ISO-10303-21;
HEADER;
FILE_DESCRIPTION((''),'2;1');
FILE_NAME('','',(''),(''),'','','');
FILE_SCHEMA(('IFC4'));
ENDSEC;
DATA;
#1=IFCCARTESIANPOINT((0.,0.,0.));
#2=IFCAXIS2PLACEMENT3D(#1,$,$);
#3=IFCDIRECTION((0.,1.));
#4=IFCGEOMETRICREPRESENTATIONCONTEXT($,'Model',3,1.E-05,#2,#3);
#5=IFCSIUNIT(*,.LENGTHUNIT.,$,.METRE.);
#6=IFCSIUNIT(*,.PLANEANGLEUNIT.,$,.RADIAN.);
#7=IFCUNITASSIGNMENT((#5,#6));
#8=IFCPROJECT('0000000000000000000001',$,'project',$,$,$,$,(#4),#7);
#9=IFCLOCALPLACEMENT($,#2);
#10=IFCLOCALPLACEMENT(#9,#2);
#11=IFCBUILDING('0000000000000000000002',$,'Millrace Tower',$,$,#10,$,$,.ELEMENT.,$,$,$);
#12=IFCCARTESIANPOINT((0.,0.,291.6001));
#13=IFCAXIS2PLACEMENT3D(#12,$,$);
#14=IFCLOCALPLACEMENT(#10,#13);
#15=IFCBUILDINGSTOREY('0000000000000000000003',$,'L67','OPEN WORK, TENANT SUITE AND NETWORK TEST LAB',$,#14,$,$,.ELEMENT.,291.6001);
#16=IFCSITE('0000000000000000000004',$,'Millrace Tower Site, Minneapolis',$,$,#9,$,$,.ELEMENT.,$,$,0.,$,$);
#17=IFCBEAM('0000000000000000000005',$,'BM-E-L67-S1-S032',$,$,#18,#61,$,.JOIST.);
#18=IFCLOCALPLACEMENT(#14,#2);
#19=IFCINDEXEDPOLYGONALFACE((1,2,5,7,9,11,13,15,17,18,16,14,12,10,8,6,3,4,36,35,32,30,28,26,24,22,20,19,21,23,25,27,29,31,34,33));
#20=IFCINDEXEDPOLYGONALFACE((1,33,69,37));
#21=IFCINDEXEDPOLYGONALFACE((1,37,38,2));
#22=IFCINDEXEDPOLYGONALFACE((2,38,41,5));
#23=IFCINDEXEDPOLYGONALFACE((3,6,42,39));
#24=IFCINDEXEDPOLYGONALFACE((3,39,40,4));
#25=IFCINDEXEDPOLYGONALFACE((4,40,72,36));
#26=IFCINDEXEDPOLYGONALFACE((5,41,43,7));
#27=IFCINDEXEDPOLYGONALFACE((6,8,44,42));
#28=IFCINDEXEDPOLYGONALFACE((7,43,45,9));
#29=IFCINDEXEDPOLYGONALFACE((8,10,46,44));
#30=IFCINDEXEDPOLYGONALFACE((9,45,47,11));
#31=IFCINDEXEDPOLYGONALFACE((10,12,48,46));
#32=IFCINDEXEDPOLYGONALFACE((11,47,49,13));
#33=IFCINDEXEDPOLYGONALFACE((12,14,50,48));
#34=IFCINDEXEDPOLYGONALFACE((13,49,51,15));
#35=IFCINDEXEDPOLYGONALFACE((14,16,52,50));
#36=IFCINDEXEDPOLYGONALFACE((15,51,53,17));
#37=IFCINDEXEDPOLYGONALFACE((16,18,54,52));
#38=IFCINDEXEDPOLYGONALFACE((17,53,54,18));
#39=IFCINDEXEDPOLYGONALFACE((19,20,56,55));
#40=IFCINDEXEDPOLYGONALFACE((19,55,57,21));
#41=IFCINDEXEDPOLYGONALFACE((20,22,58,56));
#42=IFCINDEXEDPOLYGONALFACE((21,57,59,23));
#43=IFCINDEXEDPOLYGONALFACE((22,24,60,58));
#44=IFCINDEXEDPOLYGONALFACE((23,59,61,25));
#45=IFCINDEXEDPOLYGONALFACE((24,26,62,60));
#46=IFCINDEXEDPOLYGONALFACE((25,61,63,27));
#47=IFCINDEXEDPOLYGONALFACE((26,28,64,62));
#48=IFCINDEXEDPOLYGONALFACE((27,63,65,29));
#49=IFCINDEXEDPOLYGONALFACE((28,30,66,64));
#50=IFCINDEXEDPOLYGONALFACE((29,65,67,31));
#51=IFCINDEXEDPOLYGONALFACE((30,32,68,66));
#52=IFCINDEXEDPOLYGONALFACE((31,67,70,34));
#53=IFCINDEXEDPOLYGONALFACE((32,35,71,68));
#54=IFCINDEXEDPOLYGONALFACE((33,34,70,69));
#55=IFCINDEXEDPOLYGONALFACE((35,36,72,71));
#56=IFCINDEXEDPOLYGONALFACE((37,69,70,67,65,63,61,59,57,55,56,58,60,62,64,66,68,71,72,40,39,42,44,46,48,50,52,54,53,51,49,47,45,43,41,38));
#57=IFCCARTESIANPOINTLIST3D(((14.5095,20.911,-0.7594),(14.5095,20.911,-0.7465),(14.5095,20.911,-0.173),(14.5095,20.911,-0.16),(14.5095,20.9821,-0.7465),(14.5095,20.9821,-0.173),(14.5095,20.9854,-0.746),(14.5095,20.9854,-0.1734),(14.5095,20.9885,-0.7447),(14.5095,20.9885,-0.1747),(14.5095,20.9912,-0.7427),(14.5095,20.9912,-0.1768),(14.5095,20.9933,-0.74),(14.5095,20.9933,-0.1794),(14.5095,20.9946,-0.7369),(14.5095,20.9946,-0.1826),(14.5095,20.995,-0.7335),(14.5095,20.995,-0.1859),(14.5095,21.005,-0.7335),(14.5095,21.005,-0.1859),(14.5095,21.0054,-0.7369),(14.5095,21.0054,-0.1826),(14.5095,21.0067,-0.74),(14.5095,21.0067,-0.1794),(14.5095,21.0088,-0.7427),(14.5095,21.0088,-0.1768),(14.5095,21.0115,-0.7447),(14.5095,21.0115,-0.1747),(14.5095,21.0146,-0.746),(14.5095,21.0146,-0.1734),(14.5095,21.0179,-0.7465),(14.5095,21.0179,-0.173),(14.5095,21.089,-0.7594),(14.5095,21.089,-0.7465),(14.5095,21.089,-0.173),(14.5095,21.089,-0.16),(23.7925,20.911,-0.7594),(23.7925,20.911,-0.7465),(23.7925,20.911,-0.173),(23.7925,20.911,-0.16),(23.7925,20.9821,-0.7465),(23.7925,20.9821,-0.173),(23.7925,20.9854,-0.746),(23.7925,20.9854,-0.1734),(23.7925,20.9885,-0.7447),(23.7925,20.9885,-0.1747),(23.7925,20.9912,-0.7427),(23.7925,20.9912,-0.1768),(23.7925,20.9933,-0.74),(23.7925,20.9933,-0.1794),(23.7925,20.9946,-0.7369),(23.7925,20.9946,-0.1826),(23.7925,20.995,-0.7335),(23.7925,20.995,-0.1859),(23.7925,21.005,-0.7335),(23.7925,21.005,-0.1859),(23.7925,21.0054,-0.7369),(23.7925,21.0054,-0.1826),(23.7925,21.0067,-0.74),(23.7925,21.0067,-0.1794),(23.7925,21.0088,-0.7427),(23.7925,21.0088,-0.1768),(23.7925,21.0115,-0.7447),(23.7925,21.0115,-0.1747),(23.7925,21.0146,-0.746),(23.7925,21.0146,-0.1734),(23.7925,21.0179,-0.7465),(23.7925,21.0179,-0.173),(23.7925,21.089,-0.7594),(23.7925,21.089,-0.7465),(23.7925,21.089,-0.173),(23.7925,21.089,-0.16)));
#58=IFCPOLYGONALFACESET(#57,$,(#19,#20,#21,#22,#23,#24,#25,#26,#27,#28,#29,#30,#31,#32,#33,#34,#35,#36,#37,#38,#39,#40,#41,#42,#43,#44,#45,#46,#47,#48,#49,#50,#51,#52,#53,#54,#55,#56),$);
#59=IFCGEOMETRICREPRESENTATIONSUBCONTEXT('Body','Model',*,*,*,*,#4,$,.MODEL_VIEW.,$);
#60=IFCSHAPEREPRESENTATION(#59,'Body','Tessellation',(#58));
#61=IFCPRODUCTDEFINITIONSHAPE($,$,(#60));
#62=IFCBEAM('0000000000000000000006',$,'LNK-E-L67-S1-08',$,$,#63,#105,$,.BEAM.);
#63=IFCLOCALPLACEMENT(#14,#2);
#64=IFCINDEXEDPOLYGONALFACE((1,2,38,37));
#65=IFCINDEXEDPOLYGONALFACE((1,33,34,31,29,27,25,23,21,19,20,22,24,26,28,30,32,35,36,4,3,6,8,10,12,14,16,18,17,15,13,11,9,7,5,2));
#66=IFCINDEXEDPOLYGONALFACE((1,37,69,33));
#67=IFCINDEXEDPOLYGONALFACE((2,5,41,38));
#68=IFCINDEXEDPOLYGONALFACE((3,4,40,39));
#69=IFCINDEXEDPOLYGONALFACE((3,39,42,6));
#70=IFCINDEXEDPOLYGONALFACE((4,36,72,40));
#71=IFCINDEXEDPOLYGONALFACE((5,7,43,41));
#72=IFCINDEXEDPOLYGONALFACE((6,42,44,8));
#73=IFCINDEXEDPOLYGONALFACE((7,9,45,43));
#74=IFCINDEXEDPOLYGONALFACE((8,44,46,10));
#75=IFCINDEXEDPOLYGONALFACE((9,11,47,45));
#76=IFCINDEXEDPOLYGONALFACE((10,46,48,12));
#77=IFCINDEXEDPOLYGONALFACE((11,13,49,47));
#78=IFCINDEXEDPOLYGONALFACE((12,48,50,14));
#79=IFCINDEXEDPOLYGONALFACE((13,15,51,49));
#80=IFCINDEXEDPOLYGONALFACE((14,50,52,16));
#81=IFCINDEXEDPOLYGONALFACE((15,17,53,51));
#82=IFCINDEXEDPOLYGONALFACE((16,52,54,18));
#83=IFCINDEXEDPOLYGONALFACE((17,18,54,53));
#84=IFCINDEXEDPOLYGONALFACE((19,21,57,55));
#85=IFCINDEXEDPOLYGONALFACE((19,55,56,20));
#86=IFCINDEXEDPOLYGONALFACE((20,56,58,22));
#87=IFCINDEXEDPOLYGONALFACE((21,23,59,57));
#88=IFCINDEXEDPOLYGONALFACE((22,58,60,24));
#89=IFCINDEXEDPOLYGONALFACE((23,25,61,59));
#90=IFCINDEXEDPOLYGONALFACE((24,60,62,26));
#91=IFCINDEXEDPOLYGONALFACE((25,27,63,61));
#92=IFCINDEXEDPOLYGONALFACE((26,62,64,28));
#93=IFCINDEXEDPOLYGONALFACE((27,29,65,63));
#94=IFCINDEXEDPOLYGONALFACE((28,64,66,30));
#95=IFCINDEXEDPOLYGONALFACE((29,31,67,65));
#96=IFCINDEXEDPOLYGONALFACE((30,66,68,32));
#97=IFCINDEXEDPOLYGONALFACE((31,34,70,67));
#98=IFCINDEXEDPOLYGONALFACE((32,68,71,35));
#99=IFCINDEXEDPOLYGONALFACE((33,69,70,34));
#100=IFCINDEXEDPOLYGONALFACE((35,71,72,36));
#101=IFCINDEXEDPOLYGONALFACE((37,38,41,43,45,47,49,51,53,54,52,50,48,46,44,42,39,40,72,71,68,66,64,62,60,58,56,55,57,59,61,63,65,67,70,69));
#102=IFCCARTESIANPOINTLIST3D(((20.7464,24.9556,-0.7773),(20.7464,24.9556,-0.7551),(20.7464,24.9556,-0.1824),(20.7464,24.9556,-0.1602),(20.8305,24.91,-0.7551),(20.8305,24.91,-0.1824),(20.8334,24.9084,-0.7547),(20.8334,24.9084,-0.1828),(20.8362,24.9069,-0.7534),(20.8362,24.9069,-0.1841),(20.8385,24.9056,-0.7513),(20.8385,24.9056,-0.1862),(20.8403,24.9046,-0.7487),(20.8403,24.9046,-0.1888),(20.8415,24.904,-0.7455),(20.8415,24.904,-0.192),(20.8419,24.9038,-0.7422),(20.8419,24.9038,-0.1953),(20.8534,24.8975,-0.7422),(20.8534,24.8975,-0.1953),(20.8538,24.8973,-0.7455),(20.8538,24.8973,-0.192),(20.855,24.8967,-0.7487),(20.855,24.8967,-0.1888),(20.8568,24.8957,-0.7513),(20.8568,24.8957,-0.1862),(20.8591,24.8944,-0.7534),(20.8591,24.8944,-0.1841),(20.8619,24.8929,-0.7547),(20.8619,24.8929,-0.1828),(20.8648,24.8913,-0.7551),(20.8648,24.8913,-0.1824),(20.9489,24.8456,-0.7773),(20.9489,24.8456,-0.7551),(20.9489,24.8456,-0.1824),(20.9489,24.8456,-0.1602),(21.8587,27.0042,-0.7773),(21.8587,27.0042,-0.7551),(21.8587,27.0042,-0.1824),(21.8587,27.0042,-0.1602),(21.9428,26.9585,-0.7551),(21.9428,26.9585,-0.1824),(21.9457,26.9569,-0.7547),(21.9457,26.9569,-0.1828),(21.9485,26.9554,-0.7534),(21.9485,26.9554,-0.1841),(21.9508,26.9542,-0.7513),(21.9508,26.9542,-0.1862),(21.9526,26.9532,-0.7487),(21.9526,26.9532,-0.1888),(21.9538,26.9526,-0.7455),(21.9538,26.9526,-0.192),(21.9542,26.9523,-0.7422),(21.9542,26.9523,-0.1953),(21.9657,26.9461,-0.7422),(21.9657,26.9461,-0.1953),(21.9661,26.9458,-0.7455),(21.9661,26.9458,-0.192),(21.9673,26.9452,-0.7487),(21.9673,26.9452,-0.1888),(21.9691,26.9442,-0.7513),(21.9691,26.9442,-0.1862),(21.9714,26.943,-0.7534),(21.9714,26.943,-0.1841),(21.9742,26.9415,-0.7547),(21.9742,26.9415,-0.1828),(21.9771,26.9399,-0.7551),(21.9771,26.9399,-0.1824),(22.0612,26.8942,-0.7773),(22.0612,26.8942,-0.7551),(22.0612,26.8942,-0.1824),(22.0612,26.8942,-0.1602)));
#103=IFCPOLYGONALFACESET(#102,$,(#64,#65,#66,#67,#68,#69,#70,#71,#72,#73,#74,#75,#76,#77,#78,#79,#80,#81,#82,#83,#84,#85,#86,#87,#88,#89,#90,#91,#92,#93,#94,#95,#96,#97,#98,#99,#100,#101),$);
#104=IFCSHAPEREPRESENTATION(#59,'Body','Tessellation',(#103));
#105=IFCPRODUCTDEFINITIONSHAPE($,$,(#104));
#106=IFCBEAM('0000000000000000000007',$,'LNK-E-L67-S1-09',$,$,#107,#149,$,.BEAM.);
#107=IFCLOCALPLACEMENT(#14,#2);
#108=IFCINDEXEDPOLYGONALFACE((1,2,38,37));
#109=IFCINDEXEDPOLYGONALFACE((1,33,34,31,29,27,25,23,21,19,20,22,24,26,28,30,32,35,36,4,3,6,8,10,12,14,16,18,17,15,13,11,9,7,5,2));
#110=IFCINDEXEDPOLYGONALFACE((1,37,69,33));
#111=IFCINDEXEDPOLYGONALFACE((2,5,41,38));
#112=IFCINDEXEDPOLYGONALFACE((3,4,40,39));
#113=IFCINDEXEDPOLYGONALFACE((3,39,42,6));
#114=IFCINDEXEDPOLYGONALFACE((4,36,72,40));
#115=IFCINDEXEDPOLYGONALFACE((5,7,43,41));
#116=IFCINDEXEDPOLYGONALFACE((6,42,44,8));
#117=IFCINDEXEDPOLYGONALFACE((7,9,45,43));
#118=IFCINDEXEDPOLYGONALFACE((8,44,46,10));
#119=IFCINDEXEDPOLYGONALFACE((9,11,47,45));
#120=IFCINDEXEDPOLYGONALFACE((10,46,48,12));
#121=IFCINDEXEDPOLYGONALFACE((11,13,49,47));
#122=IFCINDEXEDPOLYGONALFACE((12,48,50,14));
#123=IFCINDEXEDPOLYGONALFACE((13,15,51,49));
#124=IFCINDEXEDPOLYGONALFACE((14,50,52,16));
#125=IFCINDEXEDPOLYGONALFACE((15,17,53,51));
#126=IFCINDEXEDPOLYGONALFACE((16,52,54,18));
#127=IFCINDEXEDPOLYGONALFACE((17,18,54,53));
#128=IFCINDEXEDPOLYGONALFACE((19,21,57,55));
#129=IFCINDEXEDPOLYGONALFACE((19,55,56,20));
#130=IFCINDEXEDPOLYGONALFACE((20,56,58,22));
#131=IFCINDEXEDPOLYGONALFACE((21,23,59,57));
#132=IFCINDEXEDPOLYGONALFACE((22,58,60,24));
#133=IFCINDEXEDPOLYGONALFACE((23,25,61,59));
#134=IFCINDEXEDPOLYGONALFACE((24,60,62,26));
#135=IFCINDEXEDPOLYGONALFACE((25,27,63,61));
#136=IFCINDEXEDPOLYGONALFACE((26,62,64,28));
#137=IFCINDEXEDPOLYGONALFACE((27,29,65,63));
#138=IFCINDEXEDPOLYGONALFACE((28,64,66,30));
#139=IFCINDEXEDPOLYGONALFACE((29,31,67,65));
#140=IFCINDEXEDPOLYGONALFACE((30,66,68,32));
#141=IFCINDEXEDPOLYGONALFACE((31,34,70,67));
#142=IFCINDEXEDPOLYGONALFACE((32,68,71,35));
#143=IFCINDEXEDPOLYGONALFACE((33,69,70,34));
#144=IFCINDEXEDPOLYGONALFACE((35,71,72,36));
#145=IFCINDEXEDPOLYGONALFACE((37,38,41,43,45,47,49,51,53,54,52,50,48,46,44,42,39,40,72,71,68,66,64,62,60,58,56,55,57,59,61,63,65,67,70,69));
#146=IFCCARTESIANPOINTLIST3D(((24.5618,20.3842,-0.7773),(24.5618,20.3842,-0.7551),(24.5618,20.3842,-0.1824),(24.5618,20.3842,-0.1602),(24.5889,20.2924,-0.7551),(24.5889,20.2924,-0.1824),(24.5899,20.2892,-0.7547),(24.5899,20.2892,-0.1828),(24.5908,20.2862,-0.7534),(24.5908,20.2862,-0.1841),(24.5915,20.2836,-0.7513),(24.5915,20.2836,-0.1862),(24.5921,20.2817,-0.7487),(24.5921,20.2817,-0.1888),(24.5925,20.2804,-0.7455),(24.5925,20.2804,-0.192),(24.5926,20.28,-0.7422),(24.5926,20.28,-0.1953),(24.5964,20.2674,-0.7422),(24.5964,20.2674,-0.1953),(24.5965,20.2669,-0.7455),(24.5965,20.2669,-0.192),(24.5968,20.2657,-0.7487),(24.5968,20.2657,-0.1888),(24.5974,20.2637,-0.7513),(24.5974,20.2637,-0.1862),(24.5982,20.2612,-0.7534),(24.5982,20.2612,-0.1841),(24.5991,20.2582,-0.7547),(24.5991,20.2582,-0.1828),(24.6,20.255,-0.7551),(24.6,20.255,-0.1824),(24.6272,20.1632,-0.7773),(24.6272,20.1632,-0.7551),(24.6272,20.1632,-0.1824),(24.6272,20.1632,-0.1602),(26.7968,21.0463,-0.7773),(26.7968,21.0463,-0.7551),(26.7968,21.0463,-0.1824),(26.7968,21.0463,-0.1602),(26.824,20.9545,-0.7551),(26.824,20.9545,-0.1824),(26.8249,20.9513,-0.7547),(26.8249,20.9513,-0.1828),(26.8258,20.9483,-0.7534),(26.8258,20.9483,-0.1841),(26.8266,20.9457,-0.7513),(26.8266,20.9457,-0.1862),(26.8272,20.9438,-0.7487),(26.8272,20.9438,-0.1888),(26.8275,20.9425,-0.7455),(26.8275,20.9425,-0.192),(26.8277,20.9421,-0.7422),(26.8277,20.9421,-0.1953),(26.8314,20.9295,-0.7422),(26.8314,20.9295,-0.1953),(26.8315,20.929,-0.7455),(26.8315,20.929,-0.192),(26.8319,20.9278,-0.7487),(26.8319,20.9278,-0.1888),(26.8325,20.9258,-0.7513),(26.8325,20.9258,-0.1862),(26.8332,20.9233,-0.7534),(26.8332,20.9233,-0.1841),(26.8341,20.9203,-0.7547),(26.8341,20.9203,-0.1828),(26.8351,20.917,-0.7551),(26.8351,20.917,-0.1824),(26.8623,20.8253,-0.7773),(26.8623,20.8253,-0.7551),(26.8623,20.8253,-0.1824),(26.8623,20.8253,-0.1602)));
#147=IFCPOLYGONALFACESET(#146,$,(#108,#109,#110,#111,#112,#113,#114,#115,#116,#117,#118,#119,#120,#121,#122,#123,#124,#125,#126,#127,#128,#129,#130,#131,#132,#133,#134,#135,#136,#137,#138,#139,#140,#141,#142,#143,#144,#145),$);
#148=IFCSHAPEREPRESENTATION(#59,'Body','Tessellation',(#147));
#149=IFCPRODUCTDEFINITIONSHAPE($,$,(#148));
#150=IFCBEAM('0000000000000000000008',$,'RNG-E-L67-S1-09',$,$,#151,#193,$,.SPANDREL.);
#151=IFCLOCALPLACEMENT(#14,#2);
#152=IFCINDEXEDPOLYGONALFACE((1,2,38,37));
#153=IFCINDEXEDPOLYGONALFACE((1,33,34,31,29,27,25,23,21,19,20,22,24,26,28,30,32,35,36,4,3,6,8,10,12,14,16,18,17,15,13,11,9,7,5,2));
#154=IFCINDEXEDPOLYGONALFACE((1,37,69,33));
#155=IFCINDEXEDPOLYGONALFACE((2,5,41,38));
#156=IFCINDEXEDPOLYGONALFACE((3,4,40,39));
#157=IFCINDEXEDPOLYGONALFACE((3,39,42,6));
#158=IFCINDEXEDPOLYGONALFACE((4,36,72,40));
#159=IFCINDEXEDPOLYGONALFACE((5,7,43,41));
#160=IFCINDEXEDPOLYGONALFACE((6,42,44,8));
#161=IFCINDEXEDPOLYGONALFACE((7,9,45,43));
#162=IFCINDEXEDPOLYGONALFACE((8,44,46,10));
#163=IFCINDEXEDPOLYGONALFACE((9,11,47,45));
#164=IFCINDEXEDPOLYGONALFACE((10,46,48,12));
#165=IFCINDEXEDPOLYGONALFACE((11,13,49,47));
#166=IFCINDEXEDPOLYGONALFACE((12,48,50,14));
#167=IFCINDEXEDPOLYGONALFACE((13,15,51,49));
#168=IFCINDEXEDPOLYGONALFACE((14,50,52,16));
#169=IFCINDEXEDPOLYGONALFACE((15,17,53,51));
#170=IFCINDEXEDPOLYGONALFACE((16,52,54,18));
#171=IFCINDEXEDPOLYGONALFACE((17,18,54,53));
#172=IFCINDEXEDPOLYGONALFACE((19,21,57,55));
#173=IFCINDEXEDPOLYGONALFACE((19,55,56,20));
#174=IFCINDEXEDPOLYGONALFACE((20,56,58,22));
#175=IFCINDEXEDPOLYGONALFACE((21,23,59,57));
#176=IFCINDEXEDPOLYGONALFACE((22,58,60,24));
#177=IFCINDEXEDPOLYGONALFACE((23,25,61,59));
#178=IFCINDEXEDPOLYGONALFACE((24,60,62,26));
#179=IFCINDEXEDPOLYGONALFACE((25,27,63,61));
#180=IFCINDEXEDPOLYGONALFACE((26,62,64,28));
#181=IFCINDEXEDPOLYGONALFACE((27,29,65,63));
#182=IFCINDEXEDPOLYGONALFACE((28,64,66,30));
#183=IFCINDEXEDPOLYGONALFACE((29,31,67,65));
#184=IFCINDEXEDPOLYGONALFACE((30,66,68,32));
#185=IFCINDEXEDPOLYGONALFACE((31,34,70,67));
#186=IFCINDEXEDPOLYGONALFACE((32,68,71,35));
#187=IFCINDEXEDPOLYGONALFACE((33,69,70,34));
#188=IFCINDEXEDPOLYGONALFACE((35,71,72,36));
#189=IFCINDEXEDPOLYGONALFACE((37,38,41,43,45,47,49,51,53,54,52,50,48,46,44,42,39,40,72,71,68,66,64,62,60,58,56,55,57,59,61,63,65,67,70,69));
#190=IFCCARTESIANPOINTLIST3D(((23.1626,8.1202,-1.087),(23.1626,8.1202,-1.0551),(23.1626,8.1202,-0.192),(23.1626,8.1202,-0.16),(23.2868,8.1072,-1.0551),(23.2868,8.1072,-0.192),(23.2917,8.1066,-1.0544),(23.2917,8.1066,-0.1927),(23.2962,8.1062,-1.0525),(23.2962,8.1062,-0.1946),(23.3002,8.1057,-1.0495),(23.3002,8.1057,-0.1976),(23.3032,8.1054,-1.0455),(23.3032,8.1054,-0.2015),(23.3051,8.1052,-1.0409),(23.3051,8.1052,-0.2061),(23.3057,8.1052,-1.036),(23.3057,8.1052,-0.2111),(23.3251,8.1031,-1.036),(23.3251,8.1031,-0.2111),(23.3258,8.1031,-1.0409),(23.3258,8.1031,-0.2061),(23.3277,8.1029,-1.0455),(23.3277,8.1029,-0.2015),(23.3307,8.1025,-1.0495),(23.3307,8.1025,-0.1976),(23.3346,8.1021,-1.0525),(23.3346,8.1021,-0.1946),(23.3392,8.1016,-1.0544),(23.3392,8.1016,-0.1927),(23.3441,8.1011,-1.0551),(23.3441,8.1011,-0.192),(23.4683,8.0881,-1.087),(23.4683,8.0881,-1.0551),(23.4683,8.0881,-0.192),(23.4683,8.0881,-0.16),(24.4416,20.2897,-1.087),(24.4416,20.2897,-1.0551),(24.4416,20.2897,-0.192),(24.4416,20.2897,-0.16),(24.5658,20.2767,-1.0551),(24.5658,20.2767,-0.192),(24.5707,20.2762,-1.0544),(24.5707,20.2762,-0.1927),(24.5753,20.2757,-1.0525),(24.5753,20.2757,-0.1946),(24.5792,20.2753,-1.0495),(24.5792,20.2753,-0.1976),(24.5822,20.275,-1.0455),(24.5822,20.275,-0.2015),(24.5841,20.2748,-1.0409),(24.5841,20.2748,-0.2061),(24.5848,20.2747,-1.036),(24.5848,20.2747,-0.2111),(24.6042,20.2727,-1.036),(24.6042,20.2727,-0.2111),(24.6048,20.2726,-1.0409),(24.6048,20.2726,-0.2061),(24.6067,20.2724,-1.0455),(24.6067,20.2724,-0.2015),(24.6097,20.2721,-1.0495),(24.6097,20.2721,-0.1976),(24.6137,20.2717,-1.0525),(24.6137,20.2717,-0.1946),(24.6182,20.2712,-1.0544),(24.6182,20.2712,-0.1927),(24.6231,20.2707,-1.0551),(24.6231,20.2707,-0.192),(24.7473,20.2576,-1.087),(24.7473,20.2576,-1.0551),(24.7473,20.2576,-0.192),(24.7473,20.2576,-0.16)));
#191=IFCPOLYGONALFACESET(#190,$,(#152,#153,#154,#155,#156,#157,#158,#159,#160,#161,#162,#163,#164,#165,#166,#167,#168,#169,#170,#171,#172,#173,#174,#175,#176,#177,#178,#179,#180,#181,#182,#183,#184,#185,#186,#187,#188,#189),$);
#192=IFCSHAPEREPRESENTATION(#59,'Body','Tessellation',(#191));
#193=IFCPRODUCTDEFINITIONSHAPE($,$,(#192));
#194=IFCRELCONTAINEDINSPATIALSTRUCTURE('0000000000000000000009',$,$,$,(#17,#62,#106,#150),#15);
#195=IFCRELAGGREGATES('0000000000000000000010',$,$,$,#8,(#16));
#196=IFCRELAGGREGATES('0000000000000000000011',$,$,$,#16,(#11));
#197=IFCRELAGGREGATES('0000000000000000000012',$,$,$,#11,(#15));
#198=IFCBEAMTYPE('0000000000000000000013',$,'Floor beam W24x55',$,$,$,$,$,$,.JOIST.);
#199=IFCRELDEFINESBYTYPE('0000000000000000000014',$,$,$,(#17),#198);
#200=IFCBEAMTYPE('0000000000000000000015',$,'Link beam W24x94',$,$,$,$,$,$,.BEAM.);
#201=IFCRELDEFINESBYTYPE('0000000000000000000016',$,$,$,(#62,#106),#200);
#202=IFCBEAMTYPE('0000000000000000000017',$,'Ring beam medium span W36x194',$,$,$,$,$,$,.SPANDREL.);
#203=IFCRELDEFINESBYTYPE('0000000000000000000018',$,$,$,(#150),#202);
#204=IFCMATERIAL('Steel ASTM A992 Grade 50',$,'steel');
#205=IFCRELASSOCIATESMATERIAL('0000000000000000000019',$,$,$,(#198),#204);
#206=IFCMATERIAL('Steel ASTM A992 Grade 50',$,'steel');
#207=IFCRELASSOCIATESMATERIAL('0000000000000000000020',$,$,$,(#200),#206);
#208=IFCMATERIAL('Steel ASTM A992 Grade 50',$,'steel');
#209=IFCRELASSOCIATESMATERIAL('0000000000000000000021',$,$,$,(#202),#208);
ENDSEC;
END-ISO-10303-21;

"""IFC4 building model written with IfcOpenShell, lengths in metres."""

from ifc_helpers import new_model, si_unit, direction, frame, origin, origin_2d, place, context, subcontext, project, spatial, i_section, extrude, material, material_profile, profile_set, type_object, element, save


model = new_model("IFC4")

# Units and contexts
model_context = context("Model", 3, precision=1e-05, world=origin(), true_north=direction((0.0, 1.0)))
body_context = subcontext(model_context, "Body", "Model", "MODEL_VIEW")
ifc_project = project(units=[si_unit("LENGTHUNIT", "METRE"), si_unit("PLANEANGLEUNIT", "RADIAN")], contexts=[model_context])

# Site, building, storey
site_placement = place(None, origin())
site = spatial("IfcSite", under=ifc_project, at=site_placement, Name="Millrace Tower Site, Minneapolis", CompositionType="ELEMENT", RefElevation=0.0)
building_placement = place(site_placement, origin())
building = spatial("IfcBuilding", under=site, at=building_placement, Name="Millrace Tower", CompositionType="ELEMENT")
storey_placement = place(building_placement, frame((0.0, 0.0, 291.6001)))
storey = spatial("IfcBuildingStorey", under=building, at=storey_placement, Name="L67", Description="OPEN WORK, TENANT SUITE AND NETWORK TEST LAB", CompositionType="ELEMENT", Elevation=291.6001)

# Beams
ifc_material_1 = material(Name="Steel ASTM A992 Grade 50", Category="steel")
ifc_material_profile_1 = material_profile(ifc_material_1, i_section(OverallWidth=0.178, OverallDepth=0.5994, WebThickness=0.01, FlangeThickness=0.0129, FilletRadius=0.0129, at=origin_2d()))
ifc_profile_set_1 = profile_set([ifc_material_profile_1], Name="Steel ASTM A992 Grade 50")
beam_type_1 = type_object("IfcBeamType", Name="Floor beam W24x55", PredefinedType="JOIST", material=ifc_profile_set_1)
beam_1_placement = place(storey_placement, frame((14.5095, 21.0, -0.4597), z_axis=(1.0, 0.0, 0.0), x_axis=(0.0, 1.0, 0.0)))
element("IfcBeam", 1, at=beam_1_placement, inside=storey, type_object=beam_type_1, Name="BM-E-L67-S1-S032", PredefinedType="JOIST", context=body_context, shape_type="SweptSolid", body=[
    extrude(i_section(OverallWidth=0.178, OverallDepth=0.5994, WebThickness=0.01, FlangeThickness=0.0129, FilletRadius=0.0129, at=origin_2d()), origin(), (0.0, 0.0, 1.0), 9.283),
])
ifc_material_2 = material(Name="Steel ASTM A992 Grade 50", Category="steel")
ifc_material_profile_2 = material_profile(ifc_material_2, i_section(OverallWidth=0.2305, OverallDepth=0.6172, WebThickness=0.0132, FlangeThickness=0.0222, FilletRadius=0.0129, at=origin_2d()))
ifc_profile_set_2 = profile_set([ifc_material_profile_2], Name="Steel ASTM A992 Grade 50")
beam_type_2 = type_object("IfcBeamType", Name="Link beam W24x94", PredefinedType="BEAM", material=ifc_profile_set_2)
for number, where, z_axis, x_axis, name in (
    (2, (20.8477, 24.9006, -0.4688), (0.477164, 0.878815, 0.0), (-0.878815, 0.477164, 0.0), "LNK-E-L67-S1-08"),
    (3, (24.5945, 20.2737, -0.4688), (0.958815, 0.284031, 0.0), (-0.284031, 0.958815, 0.0), "LNK-E-L67-S1-09"),
):
    element("IfcBeam", number, at=place(storey_placement, frame(where, z_axis=z_axis, x_axis=x_axis)), inside=storey, type_object=beam_type_2, Name=name, PredefinedType="BEAM", context=body_context, shape_type="SweptSolid", body=[
        extrude(i_section(OverallWidth=0.2305, OverallDepth=0.6172, WebThickness=0.0132, FlangeThickness=0.0222, FilletRadius=0.0129, at=origin_2d()), origin(), (0.0, 0.0, 1.0), 2.3311),
    ])
ifc_material_3 = material(Name="Steel ASTM A992 Grade 50", Category="steel")
ifc_material_profile_3 = material_profile(ifc_material_3, i_section(OverallWidth=0.3074, OverallDepth=0.927, WebThickness=0.0195, FlangeThickness=0.032, FilletRadius=0.019, at=origin_2d()))
ifc_profile_set_3 = profile_set([ifc_material_profile_3], Name="Steel ASTM A992 Grade 50")
beam_type_3 = type_object("IfcBeamType", Name="Ring beam medium span W36x194", PredefinedType="SPANDREL", material=ifc_profile_set_3)
beam_2_placement = place(storey_placement, frame((24.5945, 20.2737, -0.6235), z_axis=(-0.104528, -0.994522, 0.0), x_axis=(0.994522, -0.104528, 0.0)))
element("IfcBeam", 4, at=beam_2_placement, inside=storey, type_object=beam_type_3, Name="RNG-E-L67-S1-09", PredefinedType="SPANDREL", context=body_context, shape_type="SweptSolid", body=[
    extrude(i_section(OverallWidth=0.3074, OverallDepth=0.927, WebThickness=0.0195, FlangeThickness=0.032, FilletRadius=0.019, at=origin_2d()), origin(), (0.0, 0.0, 1.0), 12.2366),
])

save(model, "model.ifc")
